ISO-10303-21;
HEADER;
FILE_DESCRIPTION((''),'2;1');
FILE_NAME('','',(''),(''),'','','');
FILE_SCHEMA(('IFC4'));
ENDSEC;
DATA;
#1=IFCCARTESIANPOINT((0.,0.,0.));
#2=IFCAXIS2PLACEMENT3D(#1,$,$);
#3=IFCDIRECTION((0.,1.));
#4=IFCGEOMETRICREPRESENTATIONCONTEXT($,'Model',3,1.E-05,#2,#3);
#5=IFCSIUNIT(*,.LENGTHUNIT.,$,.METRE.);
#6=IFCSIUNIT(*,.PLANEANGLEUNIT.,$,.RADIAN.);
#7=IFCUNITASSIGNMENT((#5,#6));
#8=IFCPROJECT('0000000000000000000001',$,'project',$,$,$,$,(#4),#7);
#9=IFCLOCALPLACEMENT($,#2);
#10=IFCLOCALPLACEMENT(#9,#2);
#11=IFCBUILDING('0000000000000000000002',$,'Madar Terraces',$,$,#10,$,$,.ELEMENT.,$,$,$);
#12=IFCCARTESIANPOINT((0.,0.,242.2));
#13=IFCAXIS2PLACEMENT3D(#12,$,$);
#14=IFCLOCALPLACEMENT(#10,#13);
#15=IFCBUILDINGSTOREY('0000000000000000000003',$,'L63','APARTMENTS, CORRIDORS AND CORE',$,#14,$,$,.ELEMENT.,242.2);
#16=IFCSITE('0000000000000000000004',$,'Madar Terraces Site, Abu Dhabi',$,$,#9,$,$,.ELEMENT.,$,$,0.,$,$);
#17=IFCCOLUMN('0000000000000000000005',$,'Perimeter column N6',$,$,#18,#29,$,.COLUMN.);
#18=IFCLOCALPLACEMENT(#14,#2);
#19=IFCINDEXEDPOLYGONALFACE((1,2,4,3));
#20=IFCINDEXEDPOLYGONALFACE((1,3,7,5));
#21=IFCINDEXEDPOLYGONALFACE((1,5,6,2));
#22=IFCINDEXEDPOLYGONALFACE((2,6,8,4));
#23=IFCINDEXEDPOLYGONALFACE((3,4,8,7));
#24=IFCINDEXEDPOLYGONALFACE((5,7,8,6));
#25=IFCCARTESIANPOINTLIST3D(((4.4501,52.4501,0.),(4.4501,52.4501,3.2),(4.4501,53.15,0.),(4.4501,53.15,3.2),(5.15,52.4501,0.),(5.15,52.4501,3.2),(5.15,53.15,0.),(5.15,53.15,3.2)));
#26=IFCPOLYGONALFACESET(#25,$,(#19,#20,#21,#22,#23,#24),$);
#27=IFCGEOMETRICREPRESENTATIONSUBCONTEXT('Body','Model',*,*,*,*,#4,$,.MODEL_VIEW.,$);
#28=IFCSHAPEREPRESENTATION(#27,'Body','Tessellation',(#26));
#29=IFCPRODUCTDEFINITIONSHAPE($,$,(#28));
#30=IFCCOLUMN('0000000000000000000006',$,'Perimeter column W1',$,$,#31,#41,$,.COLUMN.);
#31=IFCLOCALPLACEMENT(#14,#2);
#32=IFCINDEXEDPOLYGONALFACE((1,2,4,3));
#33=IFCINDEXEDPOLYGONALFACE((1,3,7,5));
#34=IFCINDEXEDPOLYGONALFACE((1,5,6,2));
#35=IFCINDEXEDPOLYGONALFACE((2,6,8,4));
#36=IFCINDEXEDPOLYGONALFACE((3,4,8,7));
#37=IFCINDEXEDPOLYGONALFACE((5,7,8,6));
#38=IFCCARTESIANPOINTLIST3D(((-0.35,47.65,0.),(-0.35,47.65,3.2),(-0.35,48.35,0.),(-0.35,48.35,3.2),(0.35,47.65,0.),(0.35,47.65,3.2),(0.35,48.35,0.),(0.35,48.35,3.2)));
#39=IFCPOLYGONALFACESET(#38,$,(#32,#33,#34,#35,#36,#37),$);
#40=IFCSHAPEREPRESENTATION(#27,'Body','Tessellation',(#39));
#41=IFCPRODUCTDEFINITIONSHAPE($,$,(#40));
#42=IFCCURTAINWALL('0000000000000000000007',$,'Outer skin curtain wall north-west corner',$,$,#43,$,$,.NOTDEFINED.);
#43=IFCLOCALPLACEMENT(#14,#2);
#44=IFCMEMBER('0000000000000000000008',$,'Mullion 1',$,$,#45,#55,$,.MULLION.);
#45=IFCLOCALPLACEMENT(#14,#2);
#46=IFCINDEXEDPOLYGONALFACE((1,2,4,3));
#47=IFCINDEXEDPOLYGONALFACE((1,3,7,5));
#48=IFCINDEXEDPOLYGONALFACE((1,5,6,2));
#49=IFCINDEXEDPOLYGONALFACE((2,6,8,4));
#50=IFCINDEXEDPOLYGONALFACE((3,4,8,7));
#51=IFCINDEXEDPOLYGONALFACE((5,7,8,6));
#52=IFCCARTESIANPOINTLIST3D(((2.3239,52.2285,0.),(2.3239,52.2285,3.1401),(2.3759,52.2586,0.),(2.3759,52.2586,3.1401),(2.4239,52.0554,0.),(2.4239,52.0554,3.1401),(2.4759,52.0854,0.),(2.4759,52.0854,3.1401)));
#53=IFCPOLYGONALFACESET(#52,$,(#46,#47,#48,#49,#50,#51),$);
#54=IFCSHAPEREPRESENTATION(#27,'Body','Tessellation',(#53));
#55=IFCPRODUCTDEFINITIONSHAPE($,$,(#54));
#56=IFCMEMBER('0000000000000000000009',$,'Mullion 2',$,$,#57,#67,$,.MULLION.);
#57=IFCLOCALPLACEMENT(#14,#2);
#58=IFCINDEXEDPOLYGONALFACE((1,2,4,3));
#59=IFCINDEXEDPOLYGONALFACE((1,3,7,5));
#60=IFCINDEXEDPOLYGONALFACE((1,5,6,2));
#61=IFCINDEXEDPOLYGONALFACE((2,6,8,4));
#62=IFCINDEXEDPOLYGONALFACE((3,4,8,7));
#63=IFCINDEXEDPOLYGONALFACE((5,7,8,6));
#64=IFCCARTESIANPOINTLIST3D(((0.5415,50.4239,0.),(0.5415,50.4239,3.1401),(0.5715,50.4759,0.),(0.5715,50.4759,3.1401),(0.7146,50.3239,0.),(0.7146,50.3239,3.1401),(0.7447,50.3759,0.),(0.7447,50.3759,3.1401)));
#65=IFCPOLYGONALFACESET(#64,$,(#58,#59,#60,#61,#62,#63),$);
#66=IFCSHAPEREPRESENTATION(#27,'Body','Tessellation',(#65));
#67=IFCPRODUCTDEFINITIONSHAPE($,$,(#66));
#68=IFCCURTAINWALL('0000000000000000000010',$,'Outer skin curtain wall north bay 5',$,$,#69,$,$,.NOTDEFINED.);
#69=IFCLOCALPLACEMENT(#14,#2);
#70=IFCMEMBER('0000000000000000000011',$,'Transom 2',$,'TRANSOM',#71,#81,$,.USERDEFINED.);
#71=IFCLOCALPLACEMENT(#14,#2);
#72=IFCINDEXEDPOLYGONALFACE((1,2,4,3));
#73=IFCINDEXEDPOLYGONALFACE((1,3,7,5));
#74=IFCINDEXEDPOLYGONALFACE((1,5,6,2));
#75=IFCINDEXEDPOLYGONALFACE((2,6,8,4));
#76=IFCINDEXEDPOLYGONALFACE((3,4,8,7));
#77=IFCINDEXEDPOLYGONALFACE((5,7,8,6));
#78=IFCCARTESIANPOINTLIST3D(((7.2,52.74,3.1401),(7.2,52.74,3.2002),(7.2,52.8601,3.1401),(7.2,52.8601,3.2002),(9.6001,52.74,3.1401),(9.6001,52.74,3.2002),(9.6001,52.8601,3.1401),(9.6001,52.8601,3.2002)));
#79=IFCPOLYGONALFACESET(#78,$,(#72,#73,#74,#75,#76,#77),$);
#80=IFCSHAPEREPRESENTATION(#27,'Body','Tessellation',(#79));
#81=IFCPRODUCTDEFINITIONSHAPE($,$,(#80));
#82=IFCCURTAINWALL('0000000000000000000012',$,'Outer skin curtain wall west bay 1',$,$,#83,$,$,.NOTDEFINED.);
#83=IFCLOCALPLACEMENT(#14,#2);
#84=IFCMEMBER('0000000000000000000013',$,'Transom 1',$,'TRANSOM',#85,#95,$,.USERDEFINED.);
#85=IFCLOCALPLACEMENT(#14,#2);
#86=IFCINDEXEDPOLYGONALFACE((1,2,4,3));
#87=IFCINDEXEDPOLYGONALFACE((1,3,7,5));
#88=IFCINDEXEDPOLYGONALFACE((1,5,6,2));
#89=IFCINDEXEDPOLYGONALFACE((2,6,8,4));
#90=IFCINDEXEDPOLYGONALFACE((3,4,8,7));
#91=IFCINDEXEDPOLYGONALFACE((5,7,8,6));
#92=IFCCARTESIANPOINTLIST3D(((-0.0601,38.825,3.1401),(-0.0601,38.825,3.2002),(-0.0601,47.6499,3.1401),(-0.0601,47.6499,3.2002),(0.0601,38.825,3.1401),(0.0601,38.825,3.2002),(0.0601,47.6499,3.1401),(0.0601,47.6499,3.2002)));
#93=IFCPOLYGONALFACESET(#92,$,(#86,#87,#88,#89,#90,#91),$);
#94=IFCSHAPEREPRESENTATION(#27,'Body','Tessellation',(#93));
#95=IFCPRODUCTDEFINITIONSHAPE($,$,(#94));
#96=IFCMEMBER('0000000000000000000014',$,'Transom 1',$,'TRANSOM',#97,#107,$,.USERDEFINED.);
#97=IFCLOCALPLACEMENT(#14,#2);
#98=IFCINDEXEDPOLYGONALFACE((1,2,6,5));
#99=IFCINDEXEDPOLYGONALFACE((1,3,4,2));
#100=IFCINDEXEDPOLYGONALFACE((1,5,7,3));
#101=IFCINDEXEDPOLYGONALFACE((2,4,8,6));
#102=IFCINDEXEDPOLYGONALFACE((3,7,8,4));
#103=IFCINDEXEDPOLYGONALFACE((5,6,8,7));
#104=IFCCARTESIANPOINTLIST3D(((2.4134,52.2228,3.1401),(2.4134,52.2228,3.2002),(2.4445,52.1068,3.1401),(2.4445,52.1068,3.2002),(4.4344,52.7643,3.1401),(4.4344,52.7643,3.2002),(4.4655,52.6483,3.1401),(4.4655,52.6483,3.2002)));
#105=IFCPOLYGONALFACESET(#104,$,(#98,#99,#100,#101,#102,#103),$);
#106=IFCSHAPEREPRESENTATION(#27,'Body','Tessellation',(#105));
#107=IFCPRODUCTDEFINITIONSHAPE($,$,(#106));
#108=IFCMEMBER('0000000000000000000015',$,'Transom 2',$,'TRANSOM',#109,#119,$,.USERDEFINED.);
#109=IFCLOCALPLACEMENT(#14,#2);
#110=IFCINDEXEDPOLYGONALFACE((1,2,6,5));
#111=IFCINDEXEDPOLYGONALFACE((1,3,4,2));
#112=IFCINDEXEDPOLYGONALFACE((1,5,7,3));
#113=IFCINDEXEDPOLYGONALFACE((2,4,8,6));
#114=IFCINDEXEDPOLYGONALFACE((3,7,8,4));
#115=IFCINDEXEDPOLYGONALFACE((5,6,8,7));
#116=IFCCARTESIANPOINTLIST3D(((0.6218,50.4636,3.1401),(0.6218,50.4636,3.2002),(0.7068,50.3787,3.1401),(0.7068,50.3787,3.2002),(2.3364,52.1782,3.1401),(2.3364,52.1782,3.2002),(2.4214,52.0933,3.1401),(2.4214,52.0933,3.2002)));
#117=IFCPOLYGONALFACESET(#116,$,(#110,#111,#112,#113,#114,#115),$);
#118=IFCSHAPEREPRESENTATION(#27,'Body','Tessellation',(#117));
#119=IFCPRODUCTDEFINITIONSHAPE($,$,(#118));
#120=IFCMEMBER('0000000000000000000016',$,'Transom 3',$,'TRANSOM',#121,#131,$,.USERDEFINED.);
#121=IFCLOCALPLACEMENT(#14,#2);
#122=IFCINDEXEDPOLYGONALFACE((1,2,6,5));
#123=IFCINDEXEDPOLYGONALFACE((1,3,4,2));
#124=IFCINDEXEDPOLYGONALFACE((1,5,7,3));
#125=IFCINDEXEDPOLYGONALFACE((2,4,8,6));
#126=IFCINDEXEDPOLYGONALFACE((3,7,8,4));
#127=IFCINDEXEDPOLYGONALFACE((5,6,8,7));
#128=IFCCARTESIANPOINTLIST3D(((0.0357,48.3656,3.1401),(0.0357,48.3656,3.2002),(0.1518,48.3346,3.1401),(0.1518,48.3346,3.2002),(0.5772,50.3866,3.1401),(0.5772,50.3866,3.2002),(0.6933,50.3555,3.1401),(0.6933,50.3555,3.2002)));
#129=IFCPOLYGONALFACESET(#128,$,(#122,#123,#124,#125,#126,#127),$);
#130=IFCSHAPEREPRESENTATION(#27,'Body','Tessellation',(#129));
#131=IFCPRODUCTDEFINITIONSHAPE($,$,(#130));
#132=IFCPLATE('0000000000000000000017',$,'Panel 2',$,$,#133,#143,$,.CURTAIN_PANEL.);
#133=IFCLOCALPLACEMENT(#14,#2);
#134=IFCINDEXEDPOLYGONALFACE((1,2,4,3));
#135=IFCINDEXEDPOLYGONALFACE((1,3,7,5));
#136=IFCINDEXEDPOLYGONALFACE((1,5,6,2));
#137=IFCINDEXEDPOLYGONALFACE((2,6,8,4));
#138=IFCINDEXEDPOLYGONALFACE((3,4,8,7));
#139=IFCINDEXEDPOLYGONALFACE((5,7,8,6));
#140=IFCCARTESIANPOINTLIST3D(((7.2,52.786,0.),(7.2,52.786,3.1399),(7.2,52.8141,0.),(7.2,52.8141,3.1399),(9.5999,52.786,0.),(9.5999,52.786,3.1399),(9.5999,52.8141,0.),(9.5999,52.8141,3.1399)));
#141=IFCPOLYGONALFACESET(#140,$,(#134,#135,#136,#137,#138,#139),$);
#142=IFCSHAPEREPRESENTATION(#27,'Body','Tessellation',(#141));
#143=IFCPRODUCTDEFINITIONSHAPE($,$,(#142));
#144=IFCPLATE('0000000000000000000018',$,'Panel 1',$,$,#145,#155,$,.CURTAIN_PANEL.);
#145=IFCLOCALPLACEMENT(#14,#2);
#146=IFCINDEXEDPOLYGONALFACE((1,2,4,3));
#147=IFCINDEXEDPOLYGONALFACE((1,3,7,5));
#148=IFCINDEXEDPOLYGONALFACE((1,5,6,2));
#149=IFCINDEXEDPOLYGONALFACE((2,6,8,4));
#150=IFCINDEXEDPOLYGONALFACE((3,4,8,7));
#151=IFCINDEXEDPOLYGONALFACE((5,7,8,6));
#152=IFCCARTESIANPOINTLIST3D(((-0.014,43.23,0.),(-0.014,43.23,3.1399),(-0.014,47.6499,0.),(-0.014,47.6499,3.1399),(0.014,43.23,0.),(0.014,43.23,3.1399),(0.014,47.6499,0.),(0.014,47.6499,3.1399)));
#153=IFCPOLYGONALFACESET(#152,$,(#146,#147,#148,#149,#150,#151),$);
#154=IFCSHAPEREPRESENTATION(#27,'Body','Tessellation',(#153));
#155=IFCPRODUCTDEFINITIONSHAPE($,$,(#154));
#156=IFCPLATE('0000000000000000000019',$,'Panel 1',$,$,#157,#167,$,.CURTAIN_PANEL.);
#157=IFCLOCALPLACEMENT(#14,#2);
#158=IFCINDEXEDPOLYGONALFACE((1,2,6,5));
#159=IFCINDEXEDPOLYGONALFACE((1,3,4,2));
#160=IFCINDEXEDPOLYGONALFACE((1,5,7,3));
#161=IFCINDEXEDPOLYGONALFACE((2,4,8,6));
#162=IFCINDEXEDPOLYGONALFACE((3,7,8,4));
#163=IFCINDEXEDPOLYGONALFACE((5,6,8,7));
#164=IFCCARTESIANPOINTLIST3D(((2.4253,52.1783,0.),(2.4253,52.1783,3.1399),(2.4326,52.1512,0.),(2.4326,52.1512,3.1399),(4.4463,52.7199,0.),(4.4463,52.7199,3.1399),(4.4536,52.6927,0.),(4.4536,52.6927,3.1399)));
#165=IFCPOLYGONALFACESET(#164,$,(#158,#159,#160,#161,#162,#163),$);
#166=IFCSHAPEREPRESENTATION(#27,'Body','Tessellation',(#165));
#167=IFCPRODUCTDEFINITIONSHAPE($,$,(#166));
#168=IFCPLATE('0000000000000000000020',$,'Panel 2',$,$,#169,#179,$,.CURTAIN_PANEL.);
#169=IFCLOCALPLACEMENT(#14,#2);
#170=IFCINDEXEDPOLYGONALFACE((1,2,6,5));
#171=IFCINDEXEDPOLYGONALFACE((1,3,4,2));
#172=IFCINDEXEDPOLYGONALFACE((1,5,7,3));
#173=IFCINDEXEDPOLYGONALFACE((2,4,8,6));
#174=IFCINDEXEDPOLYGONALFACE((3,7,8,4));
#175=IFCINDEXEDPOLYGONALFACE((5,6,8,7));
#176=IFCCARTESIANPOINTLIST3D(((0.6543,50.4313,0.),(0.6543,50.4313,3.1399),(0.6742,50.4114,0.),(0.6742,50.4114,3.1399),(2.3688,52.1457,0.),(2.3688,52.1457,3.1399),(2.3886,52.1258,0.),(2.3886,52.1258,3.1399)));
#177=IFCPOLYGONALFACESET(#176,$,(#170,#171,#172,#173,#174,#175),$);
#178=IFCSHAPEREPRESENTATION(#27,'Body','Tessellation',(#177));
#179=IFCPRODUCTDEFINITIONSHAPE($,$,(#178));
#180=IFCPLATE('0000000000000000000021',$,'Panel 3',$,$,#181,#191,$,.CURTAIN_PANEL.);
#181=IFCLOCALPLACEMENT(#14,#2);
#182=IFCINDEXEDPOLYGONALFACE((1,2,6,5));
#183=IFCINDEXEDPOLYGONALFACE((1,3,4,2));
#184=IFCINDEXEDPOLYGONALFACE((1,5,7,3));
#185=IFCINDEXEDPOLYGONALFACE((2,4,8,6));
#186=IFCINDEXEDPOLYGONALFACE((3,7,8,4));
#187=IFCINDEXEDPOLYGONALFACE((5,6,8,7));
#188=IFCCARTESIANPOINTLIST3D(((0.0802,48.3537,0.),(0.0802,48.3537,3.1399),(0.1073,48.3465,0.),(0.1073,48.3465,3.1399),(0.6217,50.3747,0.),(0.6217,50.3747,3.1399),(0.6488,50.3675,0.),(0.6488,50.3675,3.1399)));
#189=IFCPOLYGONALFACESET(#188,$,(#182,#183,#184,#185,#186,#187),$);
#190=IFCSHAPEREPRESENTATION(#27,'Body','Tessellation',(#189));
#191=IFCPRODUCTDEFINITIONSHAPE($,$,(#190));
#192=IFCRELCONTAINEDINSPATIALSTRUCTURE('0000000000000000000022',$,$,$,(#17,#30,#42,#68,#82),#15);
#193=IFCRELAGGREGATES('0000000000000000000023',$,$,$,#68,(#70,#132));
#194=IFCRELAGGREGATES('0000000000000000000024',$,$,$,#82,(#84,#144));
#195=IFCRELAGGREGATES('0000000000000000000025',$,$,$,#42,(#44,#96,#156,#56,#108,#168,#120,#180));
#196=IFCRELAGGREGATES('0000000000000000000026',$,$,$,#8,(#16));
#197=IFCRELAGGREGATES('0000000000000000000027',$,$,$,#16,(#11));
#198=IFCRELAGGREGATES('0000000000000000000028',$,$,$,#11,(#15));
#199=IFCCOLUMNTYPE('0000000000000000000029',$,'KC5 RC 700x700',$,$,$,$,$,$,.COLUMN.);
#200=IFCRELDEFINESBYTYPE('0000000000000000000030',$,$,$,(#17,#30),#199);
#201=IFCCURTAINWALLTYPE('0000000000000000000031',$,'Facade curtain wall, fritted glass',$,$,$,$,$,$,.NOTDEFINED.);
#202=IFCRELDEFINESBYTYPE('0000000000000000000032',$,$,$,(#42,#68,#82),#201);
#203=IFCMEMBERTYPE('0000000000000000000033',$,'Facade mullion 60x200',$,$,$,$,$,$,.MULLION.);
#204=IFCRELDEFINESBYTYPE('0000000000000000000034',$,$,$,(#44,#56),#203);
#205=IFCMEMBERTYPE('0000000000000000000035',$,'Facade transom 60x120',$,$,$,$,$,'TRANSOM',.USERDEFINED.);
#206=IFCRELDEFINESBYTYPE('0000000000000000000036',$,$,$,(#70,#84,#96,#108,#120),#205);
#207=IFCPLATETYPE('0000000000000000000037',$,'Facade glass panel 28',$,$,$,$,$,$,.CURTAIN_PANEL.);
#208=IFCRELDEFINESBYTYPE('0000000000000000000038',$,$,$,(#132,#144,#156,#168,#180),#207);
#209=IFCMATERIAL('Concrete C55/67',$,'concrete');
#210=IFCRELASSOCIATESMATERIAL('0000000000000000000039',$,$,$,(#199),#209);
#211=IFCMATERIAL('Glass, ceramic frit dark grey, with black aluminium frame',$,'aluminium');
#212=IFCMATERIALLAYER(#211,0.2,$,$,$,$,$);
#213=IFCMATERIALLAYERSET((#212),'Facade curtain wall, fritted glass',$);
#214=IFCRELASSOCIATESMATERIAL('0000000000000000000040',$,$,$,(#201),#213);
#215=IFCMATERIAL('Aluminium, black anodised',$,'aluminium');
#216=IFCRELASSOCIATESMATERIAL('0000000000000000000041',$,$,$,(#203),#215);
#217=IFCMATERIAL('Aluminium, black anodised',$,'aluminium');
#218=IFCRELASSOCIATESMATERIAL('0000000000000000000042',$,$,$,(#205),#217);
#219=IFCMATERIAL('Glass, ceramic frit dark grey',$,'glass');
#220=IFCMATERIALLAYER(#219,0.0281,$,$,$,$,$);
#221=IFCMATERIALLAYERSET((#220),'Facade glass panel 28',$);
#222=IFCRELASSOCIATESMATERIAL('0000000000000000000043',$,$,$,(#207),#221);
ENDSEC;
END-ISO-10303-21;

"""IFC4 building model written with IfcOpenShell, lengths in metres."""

from ifc_helpers import new_model, si_unit, direction, frame, origin, origin_2d, place, context, subcontext, project, spatial, rectangle, extrude, material, layer, layer_set, material_profile, profile_set, type_object, element, aggregate, save


model = new_model("IFC4")

# Units and contexts
model_context = context("Model", 3, precision=1e-05, world=origin(), true_north=direction((0.0, 1.0)))
body_context = subcontext(model_context, "Body", "Model", "MODEL_VIEW")
ifc_project = project(units=[si_unit("LENGTHUNIT", "METRE"), si_unit("PLANEANGLEUNIT", "RADIAN")], contexts=[model_context])

# Site, building, storey
site_placement = place(None, origin())
site = spatial("IfcSite", under=ifc_project, at=site_placement, Name="Madar Terraces Site, Abu Dhabi", CompositionType="ELEMENT", RefElevation=0.0)
building_placement = place(site_placement, origin())
building = spatial("IfcBuilding", under=site, at=building_placement, Name="Madar Terraces", CompositionType="ELEMENT")
storey_placement = place(building_placement, frame((0.0, 0.0, 242.2)))
storey = spatial("IfcBuildingStorey", under=building, at=storey_placement, Name="L63", Description="APARTMENTS, CORRIDORS AND CORE", CompositionType="ELEMENT", Elevation=242.2)

# Columns
ifc_material_1 = material(Name="Concrete C55/67", Category="concrete")
ifc_material_profile_1 = material_profile(ifc_material_1, rectangle(XDim=0.7, YDim=0.7, at=origin_2d()), Name="KC5 RC 700x700")
ifc_profile_set_1 = profile_set([ifc_material_profile_1], Name="Concrete C55/67")
column_type = type_object("IfcColumnType", Name="KC5 RC 700x700", PredefinedType="COLUMN", material=ifc_profile_set_1)
for number, where, z_axis, x_axis, name in (
    (1, (4.8, 52.8, 0.0), (0.0, 0.0, 1.0), (1.0, 0.0, 0.0), "Perimeter column N6"),
    (2, (0.0, 48.0, 0.0), (0.0, 0.0, 1.0), (1.0, 0.0, 0.0), "Perimeter column W1"),
):
    element("IfcColumn", number, at=place(storey_placement, frame(where, z_axis=z_axis, x_axis=x_axis)), inside=storey, type_object=column_type, Name=name, PredefinedType="COLUMN", context=body_context, shape_type="SweptSolid", body=[
        extrude(rectangle(XDim=0.7, YDim=0.7, at=origin_2d()), origin(), (0.0, 0.0, 1.0), 3.2),
    ])

# Curtain wall, members
ifc_material_2 = material(Name="Glass, ceramic frit dark grey, with black aluminium frame", Category="aluminium")
ifc_layer_1 = layer(ifc_material_2, 0.2)
ifc_layer_set_1 = layer_set([ifc_layer_1], Name="Facade curtain wall, fritted glass")
curtain_wall_type = type_object("IfcCurtainWallType", Name="Facade curtain wall, fritted glass", PredefinedType="NOTDEFINED", material=ifc_layer_set_1)
curtain_wall_1_placement = place(storey_placement, origin())
curtain_wall_1 = element("IfcCurtainWall", 3, at=curtain_wall_1_placement, inside=storey, type_object=curtain_wall_type, Name="Outer skin curtain wall north-west corner", PredefinedType="NOTDEFINED")
ifc_material_3 = material(Name="Aluminium, black anodised", Category="aluminium")
ifc_material_profile_2 = material_profile(ifc_material_3, rectangle(XDim=0.2, YDim=0.0601, at=origin_2d()), Name="Facade mullion 60x200")
ifc_profile_set_2 = profile_set([ifc_material_profile_2], Name="Aluminium, black anodised")
member_type_1 = type_object("IfcMemberType", Name="Facade mullion 60x200", PredefinedType="MULLION", material=ifc_profile_set_2)
member_1_placement = place(storey_placement, frame((2.3999, 52.157, 0.0), z_axis=(0.0, 0.0, 1.0), x_axis=(0.5, -0.866025, 0.0)))
member_1 = element("IfcMember", 4, at=member_1_placement, type_object=member_type_1, Name="Mullion 1", PredefinedType="MULLION", context=body_context, shape_type="SweptSolid", body=[
    extrude(rectangle(XDim=0.2, YDim=0.0601, at=origin_2d()), origin(), (0.0, 0.0, 1.0), 3.1401),
])
member_2_placement = place(storey_placement, frame((0.6431, 50.3999, 0.0), z_axis=(0.0, 0.0, 1.0), x_axis=(0.866025, -0.5, 0.0)))
member_2 = element("IfcMember", 5, at=member_2_placement, type_object=member_type_1, Name="Mullion 2", PredefinedType="MULLION", context=body_context, shape_type="SweptSolid", body=[
    extrude(rectangle(XDim=0.2, YDim=0.0601, at=origin_2d()), origin(), (0.0, 0.0, 1.0), 3.1401),
])

# Curtain walls, members
curtain_wall_2_placement = place(storey_placement, origin())
curtain_wall_2 = element("IfcCurtainWall", 6, at=curtain_wall_2_placement, inside=storey, type_object=curtain_wall_type, Name="Outer skin curtain wall north bay 5", PredefinedType="NOTDEFINED")
ifc_material_4 = material(Name="Aluminium, black anodised", Category="aluminium")
ifc_material_profile_3 = material_profile(ifc_material_4, rectangle(XDim=0.1201, YDim=0.0601, at=origin_2d()), Name="Facade transom 60x120")
ifc_profile_set_3 = profile_set([ifc_material_profile_3], Name="Aluminium, black anodised")
member_type_2 = type_object("IfcMemberType", Name="Facade transom 60x120", ElementType="TRANSOM", PredefinedType="USERDEFINED", material=ifc_profile_set_3)
member_3_placement = place(storey_placement, frame((9.6001, 52.8, 3.1702), z_axis=(-1.0, 0.0, 0.0), x_axis=(0.0, -1.0, 0.0)))
member_3 = element("IfcMember", 7, at=member_3_placement, type_object=member_type_2, Name="Transom 2", ObjectType="TRANSOM", PredefinedType="USERDEFINED", context=body_context, shape_type="SweptSolid", body=[
    extrude(rectangle(XDim=0.1201, YDim=0.0601, at=origin_2d()), origin(), (0.0, 0.0, 1.0), 2.4001),
])
curtain_wall_3_placement = place(storey_placement, origin())
curtain_wall_3 = element("IfcCurtainWall", 8, at=curtain_wall_3_placement, inside=storey, type_object=curtain_wall_type, Name="Outer skin curtain wall west bay 1", PredefinedType="NOTDEFINED")
member_4_placement = place(storey_placement, frame((0.0, 47.6499, 3.1702), z_axis=(0.0, -1.0, 0.0), x_axis=(1.0, 0.0, 0.0)))
member_4 = element("IfcMember", 9, at=member_4_placement, type_object=member_type_2, Name="Transom 1", ObjectType="TRANSOM", PredefinedType="USERDEFINED", context=body_context, shape_type="SweptSolid", body=[
    extrude(rectangle(XDim=0.1201, YDim=0.0601, at=origin_2d()), origin(), (0.0, 0.0, 1.0), 8.825),
])

# Members
member_5_placement = place(storey_placement, frame((4.45, 52.7063, 3.1702), z_axis=(-0.965928, -0.25881, 0.0), x_axis=(0.25881, -0.965928, 0.0)))
member_5 = element("IfcMember", 10, at=member_5_placement, type_object=member_type_2, Name="Transom 1", ObjectType="TRANSOM", PredefinedType="USERDEFINED", context=body_context, shape_type="SweptSolid", body=[
    extrude(rectangle(XDim=0.1201, YDim=0.0601, at=origin_2d()), origin(), (0.0, 0.0, 1.0), 2.0923),
])
member_6_placement = place(storey_placement, frame((2.3789, 52.1357, 3.1702), z_axis=(-0.707107, -0.707107, 0.0), x_axis=(0.707107, -0.707107, 0.0)))
member_6 = element("IfcMember", 11, at=member_6_placement, type_object=member_type_2, Name="Transom 2", ObjectType="TRANSOM", PredefinedType="USERDEFINED", context=body_context, shape_type="SweptSolid", body=[
    extrude(rectangle(XDim=0.1201, YDim=0.0601, at=origin_2d()), origin(), (0.0, 0.0, 1.0), 2.4248),
])
member_7_placement = place(storey_placement, frame((0.6353, 50.3711, 3.1702), z_axis=(-0.25881, -0.965928, 0.0), x_axis=(0.965928, -0.25881, 0.0)))
member_7 = element("IfcMember", 12, at=member_7_placement, type_object=member_type_2, Name="Transom 3", ObjectType="TRANSOM", PredefinedType="USERDEFINED", context=body_context, shape_type="SweptSolid", body=[
    extrude(rectangle(XDim=0.1201, YDim=0.0601, at=origin_2d()), origin(), (0.0, 0.0, 1.0), 2.0923),
])

# Plates
ifc_material_5 = material(Name="Glass, ceramic frit dark grey", Category="glass")
ifc_layer_2 = layer(ifc_material_5, 0.0281)
ifc_layer_set_2 = layer_set([ifc_layer_2], Name="Facade glass panel 28")
plate_type = type_object("IfcPlateType", Name="Facade glass panel 28", PredefinedType="CURTAIN_PANEL", material=ifc_layer_set_2)
plate_1_placement = place(storey_placement, frame((8.3999, 52.8, 0.0), z_axis=(0.0, 0.0, 1.0), x_axis=(-1.0, 0.0, 0.0)))
plate_1 = element("IfcPlate", 13, at=plate_1_placement, type_object=plate_type, Name="Panel 2", PredefinedType="CURTAIN_PANEL", context=body_context, shape_type="SweptSolid", body=[
    extrude(rectangle(XDim=2.3999, YDim=0.0281, at=origin_2d()), origin(), (0.0, 0.0, 1.0), 3.1399),
])
aggregate(curtain_wall_2, [member_3, plate_1])
plate_2_placement = place(storey_placement, frame((0.0, 45.4399, 0.0), z_axis=(0.0, 0.0, 1.0), x_axis=(0.0, -1.0, 0.0)))
plate_2 = element("IfcPlate", 14, at=plate_2_placement, type_object=plate_type, Name="Panel 1", PredefinedType="CURTAIN_PANEL", context=body_context, shape_type="SweptSolid", body=[
    extrude(rectangle(XDim=4.4199, YDim=0.0281, at=origin_2d()), origin(), (0.0, 0.0, 1.0), 3.1399),
])
aggregate(curtain_wall_3, [member_4, plate_2])
plate_3_placement = place(storey_placement, frame((3.4395, 52.4355, 0.0), z_axis=(0.0, 0.0, 1.0), x_axis=(-0.965926, -0.258819, 0.0)))
plate_3 = element("IfcPlate", 15, at=plate_3_placement, type_object=plate_type, Name="Panel 1", PredefinedType="CURTAIN_PANEL", context=body_context, shape_type="SweptSolid", body=[
    extrude(rectangle(XDim=2.0923, YDim=0.0281, at=origin_2d()), origin(), (0.0, 0.0, 1.0), 3.1399),
])
plate_4_placement = place(storey_placement, frame((1.5215, 51.2786, 0.0), z_axis=(0.0, 0.0, 1.0), x_axis=(-0.707107, -0.707107, 0.0)))
plate_4 = element("IfcPlate", 16, at=plate_4_placement, type_object=plate_type, Name="Panel 2", PredefinedType="CURTAIN_PANEL", context=body_context, shape_type="SweptSolid", body=[
    extrude(rectangle(XDim=2.4246, YDim=0.0281, at=origin_2d()), origin(), (0.0, 0.0, 1.0), 3.1399),
])
plate_5_placement = place(storey_placement, frame((0.3645, 49.3606, 0.0), z_axis=(0.0, 0.0, 1.0), x_axis=(-0.258819, -0.965926, 0.0)))
plate_5 = element("IfcPlate", 17, at=plate_5_placement, type_object=plate_type, Name="Panel 3", PredefinedType="CURTAIN_PANEL", context=body_context, shape_type="SweptSolid", body=[
    extrude(rectangle(XDim=2.0923, YDim=0.0281, at=origin_2d()), origin(), (0.0, 0.0, 1.0), 3.1399),
])
aggregate(curtain_wall_1, [member_1, member_5, plate_3, member_2, member_6, plate_4, member_7, plate_5])

save(model, "model.ifc")
